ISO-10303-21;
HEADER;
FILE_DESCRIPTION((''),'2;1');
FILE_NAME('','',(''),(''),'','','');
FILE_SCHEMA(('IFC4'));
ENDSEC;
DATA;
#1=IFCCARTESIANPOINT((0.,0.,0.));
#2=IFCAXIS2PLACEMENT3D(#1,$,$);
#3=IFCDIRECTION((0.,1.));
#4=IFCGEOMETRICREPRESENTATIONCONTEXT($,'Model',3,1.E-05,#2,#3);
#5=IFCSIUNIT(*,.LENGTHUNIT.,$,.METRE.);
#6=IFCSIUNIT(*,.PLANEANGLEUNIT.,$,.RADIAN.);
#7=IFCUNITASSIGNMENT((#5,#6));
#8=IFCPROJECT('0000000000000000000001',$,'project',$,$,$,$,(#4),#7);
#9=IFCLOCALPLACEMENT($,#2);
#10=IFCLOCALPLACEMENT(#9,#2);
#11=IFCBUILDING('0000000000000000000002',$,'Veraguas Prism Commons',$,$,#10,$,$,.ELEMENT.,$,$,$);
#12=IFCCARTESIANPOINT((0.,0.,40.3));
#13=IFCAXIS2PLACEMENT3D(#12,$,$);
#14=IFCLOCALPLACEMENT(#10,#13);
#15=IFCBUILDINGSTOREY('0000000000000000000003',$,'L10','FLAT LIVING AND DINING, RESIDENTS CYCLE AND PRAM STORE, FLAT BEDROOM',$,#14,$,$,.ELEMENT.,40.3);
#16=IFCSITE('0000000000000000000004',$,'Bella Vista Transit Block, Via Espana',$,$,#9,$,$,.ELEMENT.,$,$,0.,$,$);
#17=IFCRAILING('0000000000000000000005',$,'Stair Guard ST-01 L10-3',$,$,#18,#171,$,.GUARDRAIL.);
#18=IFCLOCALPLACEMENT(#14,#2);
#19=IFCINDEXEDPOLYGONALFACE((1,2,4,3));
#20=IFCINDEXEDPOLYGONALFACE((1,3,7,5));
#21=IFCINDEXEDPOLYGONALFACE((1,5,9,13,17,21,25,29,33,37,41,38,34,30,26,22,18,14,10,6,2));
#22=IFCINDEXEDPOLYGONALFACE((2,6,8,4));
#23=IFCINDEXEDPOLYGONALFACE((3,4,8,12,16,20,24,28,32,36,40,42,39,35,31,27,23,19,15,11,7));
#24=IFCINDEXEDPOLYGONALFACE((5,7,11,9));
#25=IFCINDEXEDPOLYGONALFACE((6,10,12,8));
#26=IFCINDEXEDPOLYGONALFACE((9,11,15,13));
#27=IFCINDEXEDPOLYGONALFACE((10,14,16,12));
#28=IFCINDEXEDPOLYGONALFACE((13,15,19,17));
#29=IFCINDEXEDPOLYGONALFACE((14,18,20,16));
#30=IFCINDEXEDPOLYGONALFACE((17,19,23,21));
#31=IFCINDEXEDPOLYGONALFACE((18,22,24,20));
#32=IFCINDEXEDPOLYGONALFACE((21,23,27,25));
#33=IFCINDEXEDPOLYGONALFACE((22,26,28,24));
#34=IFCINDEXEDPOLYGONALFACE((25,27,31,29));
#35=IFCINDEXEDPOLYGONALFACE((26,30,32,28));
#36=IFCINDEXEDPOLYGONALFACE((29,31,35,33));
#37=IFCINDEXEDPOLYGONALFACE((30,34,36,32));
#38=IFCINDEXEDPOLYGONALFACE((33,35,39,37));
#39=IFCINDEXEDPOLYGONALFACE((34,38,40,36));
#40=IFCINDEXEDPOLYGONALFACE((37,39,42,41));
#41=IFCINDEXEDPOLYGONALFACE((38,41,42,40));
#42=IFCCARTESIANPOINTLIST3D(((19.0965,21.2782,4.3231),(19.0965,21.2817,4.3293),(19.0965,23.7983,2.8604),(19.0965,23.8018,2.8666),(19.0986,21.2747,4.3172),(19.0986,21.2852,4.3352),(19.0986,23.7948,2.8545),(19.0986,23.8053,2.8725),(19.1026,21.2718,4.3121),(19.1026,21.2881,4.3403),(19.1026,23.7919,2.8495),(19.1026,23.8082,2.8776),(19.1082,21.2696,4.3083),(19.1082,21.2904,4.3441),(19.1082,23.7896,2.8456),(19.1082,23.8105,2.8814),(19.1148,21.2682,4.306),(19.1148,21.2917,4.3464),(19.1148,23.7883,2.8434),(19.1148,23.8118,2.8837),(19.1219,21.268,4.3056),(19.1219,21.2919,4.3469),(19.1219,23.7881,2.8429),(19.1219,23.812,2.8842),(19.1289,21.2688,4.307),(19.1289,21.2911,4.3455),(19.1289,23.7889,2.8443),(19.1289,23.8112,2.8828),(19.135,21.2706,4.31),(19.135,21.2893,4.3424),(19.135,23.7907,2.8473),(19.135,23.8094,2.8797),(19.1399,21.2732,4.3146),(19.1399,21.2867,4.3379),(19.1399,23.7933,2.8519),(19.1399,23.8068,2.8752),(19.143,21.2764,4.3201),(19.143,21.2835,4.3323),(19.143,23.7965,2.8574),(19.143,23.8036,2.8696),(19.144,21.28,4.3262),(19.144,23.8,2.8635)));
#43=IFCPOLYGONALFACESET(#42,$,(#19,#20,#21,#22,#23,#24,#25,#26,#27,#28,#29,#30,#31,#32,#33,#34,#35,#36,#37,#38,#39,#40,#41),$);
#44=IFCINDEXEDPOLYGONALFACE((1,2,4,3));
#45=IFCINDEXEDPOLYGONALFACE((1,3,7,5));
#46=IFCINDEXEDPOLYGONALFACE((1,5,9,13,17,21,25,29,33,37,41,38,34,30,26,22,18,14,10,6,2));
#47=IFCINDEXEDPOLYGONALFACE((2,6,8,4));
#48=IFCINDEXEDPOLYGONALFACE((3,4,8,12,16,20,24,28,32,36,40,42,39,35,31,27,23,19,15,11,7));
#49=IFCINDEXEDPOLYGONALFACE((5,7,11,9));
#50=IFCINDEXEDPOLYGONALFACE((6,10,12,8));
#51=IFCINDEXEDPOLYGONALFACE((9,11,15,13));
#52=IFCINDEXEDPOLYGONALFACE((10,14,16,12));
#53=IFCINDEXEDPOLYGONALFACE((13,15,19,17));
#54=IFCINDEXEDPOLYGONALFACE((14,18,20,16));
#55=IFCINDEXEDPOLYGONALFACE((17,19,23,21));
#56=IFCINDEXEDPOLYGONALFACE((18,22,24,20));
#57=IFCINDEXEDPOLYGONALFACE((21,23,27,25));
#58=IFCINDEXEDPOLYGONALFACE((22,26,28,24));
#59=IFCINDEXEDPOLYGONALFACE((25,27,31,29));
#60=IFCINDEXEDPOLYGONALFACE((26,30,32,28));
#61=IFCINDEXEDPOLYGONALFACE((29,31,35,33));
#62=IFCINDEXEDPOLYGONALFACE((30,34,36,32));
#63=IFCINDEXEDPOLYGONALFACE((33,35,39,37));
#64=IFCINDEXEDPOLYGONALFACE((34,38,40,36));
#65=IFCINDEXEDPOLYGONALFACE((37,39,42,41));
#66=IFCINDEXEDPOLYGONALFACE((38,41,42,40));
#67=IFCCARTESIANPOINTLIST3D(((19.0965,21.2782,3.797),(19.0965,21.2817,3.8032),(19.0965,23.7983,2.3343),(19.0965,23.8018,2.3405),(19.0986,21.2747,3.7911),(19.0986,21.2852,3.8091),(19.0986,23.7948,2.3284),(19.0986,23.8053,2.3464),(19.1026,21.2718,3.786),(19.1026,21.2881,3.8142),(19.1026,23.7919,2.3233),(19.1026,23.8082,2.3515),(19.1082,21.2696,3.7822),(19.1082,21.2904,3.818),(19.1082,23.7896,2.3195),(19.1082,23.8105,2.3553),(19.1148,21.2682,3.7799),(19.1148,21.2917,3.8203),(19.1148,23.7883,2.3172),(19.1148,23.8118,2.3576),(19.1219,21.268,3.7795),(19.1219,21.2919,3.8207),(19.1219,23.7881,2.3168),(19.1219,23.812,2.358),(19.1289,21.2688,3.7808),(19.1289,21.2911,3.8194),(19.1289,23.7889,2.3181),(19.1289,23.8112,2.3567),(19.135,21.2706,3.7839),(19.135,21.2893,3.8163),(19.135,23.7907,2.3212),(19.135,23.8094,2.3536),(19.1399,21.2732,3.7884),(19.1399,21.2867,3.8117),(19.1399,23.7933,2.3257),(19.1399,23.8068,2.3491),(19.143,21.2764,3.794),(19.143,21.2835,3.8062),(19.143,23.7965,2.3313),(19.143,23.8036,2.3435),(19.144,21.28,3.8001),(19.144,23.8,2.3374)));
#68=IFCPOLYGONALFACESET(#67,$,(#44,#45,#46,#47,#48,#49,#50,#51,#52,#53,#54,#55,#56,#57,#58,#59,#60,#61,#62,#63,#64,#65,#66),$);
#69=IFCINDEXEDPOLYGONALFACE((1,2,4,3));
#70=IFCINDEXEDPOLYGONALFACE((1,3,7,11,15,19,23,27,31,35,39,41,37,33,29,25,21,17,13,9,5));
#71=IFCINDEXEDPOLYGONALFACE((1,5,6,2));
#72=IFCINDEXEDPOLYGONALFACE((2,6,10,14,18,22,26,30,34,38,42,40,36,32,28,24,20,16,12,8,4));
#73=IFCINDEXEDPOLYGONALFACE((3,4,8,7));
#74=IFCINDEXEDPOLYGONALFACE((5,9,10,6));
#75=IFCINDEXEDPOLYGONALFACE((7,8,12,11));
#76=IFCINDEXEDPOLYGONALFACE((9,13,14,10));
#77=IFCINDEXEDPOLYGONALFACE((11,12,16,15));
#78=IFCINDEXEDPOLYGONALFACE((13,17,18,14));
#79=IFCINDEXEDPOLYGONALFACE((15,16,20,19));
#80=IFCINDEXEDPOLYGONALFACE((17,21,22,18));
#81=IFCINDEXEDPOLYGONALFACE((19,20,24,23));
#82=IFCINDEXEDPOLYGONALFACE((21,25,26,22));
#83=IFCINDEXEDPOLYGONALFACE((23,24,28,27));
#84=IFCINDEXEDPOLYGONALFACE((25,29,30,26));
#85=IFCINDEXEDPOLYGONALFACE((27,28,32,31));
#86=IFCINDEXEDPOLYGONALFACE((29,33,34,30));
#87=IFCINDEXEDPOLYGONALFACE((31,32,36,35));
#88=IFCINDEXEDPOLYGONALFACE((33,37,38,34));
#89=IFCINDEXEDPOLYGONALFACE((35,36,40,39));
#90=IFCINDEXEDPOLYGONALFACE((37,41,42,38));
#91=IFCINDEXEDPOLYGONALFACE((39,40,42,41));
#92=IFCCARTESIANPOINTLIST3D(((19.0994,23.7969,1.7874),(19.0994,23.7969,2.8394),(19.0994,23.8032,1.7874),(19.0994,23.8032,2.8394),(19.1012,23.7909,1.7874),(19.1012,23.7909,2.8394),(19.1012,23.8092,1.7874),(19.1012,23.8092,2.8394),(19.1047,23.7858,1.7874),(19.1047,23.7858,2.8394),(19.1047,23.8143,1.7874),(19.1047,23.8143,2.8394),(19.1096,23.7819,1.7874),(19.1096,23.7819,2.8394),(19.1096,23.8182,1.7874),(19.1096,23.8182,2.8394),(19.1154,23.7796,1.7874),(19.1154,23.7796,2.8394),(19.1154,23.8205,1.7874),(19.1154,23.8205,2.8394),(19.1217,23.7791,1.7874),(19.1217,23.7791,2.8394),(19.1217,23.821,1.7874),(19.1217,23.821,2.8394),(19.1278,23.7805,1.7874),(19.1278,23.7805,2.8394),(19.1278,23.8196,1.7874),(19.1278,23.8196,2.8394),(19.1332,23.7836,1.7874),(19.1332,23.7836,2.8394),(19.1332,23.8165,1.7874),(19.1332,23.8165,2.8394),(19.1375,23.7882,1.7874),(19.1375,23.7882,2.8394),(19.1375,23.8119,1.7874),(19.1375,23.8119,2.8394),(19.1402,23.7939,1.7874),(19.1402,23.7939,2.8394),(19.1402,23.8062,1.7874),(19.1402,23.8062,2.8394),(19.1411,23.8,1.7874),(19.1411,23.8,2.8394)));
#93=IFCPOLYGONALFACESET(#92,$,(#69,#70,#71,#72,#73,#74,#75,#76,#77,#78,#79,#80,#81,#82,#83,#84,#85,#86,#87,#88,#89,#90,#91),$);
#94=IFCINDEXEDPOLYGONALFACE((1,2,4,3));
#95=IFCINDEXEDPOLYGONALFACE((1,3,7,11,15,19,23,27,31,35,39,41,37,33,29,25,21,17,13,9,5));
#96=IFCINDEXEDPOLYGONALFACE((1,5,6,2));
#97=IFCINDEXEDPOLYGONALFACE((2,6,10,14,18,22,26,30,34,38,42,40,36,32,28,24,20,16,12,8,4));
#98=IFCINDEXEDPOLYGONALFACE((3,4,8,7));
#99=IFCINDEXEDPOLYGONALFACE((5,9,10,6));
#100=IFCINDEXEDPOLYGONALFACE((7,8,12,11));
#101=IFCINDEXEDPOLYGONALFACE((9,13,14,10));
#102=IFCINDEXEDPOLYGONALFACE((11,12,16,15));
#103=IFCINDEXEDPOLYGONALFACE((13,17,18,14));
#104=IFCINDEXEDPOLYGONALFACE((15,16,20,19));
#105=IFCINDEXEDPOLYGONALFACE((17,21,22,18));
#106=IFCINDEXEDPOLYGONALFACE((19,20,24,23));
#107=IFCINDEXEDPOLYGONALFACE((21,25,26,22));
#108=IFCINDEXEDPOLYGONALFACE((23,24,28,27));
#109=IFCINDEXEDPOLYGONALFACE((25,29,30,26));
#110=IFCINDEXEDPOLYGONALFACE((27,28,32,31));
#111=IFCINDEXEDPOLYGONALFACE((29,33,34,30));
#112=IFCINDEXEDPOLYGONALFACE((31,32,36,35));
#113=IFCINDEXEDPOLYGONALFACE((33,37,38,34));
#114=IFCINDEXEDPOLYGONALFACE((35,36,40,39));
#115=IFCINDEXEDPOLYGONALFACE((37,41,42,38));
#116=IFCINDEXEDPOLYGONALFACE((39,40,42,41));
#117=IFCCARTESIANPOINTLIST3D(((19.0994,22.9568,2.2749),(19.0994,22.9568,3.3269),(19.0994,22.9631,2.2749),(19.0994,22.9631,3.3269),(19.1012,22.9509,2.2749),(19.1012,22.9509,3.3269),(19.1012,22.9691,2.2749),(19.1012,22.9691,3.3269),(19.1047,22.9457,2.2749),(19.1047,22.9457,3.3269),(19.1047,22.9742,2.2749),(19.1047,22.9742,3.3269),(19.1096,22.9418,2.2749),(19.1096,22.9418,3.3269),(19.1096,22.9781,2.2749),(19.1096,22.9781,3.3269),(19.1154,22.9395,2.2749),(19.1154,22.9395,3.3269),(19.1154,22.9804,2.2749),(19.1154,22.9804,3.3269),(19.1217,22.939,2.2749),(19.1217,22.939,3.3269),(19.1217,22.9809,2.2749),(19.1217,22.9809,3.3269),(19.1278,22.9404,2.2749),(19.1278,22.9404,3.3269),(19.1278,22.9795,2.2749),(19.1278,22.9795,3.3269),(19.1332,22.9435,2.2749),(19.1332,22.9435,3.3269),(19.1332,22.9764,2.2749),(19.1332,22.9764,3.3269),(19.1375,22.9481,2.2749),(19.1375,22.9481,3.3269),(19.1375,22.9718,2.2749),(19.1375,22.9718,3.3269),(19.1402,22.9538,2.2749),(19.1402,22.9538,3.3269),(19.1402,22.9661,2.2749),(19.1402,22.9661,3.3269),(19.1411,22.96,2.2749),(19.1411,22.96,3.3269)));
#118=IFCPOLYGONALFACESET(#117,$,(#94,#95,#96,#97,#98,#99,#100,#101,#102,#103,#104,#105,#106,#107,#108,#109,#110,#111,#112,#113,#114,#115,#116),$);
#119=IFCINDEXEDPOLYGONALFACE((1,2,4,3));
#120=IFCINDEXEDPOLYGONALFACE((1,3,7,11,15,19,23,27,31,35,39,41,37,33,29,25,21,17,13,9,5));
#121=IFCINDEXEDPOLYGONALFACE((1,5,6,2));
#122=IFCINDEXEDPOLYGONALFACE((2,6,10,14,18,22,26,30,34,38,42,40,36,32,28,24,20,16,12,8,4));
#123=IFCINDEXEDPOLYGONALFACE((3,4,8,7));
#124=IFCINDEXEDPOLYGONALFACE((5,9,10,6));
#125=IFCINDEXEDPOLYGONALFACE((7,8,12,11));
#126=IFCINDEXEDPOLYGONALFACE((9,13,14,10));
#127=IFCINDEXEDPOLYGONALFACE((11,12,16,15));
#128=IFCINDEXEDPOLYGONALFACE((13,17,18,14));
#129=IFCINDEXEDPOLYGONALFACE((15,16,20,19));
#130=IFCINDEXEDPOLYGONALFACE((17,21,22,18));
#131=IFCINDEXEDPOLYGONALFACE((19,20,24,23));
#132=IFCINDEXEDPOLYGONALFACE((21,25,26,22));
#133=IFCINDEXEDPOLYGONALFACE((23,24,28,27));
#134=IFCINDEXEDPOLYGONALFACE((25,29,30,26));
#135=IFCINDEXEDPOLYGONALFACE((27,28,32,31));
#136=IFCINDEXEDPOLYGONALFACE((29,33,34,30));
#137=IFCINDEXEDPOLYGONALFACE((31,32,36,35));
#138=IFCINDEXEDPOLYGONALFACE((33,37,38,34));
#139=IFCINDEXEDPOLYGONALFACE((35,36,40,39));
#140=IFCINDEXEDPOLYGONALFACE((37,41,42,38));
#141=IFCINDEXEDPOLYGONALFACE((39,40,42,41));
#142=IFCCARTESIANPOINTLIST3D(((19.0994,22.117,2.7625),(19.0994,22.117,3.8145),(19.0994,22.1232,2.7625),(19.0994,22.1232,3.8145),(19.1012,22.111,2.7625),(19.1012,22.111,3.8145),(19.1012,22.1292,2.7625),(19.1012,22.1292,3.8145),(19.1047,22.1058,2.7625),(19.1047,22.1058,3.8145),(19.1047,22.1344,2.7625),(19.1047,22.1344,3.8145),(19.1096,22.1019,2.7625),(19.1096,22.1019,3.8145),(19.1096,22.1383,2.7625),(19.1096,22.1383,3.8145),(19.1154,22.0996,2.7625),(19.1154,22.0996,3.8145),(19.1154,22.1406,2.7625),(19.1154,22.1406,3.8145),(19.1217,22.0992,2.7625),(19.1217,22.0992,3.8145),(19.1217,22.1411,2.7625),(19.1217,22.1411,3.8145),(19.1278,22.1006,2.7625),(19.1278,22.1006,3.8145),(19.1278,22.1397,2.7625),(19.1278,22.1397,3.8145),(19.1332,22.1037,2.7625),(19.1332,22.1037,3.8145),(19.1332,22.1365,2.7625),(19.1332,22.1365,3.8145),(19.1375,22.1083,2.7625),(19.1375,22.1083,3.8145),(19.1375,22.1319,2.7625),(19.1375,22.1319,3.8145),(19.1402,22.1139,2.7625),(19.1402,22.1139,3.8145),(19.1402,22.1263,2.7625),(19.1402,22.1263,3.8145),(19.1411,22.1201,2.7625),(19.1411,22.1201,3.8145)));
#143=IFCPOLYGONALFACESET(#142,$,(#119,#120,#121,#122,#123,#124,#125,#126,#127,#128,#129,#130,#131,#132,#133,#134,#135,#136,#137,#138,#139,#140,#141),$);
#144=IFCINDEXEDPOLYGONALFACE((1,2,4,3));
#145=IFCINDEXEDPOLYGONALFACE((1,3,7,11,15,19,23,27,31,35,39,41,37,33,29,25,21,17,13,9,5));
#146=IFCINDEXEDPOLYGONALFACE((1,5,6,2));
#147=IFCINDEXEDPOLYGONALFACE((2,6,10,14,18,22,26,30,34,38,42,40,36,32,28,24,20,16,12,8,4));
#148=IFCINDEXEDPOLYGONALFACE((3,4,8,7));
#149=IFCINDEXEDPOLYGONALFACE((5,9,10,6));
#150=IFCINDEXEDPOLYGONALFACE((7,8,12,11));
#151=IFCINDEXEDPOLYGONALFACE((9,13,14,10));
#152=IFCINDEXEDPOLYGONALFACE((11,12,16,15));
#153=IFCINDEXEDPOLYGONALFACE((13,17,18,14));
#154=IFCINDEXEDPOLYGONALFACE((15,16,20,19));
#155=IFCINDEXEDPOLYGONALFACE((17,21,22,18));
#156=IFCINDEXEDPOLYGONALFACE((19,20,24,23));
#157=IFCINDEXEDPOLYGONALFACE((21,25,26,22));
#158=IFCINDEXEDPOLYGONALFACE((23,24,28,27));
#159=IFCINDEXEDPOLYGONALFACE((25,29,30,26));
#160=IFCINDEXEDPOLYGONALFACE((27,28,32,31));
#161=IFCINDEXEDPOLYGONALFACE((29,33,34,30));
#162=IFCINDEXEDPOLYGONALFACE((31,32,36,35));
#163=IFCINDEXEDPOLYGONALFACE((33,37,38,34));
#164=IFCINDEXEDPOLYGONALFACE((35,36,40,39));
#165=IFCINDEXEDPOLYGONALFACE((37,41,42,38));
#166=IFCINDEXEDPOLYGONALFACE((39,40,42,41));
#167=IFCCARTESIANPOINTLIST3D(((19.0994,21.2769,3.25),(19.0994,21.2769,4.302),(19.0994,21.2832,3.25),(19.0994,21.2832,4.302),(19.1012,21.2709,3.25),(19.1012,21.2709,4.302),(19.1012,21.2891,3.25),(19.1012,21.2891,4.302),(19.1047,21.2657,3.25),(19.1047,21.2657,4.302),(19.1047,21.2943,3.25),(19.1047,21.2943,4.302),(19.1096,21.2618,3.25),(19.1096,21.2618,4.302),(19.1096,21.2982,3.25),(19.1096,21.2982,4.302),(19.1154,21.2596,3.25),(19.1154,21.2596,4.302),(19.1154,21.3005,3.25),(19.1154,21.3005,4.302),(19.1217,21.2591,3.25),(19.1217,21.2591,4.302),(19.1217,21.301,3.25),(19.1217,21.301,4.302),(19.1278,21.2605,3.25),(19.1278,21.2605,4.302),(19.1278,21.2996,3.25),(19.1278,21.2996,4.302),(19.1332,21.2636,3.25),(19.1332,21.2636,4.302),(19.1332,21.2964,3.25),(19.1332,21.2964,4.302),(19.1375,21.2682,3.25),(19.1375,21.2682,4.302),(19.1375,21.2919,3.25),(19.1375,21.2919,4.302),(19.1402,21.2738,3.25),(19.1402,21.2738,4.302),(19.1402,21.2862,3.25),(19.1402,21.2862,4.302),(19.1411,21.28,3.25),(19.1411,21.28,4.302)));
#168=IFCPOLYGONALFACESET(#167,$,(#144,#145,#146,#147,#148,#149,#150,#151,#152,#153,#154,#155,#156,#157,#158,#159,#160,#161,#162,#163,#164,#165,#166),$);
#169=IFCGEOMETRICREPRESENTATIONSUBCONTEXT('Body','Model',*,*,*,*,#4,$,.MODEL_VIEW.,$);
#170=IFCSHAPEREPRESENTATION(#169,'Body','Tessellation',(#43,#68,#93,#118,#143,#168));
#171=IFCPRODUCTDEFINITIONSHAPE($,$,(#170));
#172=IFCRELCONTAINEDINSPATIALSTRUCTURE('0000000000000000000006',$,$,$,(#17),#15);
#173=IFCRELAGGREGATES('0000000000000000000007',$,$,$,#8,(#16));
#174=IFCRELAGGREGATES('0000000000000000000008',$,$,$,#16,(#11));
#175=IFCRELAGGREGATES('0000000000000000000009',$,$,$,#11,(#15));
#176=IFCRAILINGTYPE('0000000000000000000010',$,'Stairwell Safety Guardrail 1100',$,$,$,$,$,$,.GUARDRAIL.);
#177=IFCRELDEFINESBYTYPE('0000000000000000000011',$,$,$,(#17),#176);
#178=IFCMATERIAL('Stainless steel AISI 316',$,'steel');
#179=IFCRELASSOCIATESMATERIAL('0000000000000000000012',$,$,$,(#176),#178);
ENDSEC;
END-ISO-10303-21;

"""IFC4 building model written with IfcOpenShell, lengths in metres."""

from ifc_helpers import new_model, si_unit, direction, frame, origin, origin_2d, place, context, subcontext, project, spatial, circle, extrude, material, type_object, element, save


model = new_model("IFC4")

# Units and contexts
model_context = context("Model", 3, precision=1e-05, world=origin(), true_north=direction((0.0, 1.0)))
body_context = subcontext(model_context, "Body", "Model", "MODEL_VIEW")
ifc_project = project(units=[si_unit("LENGTHUNIT", "METRE"), si_unit("PLANEANGLEUNIT", "RADIAN")], contexts=[model_context])

# Site, building, storey
site_placement = place(None, origin())
site = spatial("IfcSite", under=ifc_project, at=site_placement, Name="Bella Vista Transit Block, Via Espana", CompositionType="ELEMENT", RefElevation=0.0)
building_placement = place(site_placement, origin())
building = spatial("IfcBuilding", under=site, at=building_placement, Name="Veraguas Prism Commons", CompositionType="ELEMENT")
storey_placement = place(building_placement, frame((0.0, 0.0, 40.3)))
storey = spatial("IfcBuildingStorey", under=building, at=storey_placement, Name="L10", Description="FLAT LIVING AND DINING, RESIDENTS CYCLE AND PRAM STORE, FLAT BEDROOM", CompositionType="ELEMENT", Elevation=40.3)

# Railing
ifc_material_1 = material(Name="Stainless steel AISI 316", Category="steel")
railing_type_1 = type_object("IfcRailingType", Name="Stairwell Safety Guardrail 1100", PredefinedType="GUARDRAIL", material=ifc_material_1)
railing_1_placement = place(storey_placement, frame((19.1201, 23.8, 1.7874)))
element("IfcRailing", 1, at=railing_1_placement, inside=storey, type_object=railing_type_1, Name="Stair Guard ST-01 L10-3", PredefinedType="GUARDRAIL", context=body_context, shape_type="SweptSolid", body=[
    extrude(circle(Radius=0.0239, at=origin_2d()), frame((0.0, 0.0, 1.0762), z_axis=(0.0, -0.864877, 0.501984), x_axis=(1.0, 0.0, 0.0)), (0.0, 0.0, 1.0), 2.9138),
    extrude(circle(Radius=0.0239, at=origin_2d()), frame((0.0, 0.0, 0.55), z_axis=(0.0, -0.864877, 0.501984), x_axis=(1.0, 0.0, 0.0)), (0.0, 0.0, 1.0), 2.9138),
    extrude(circle(Radius=0.021, at=origin_2d()), origin(), (0.0, 0.0, 1.0), 1.052),
    extrude(circle(Radius=0.021, at=origin_2d()), frame((0.0, -0.8401, 0.4875)), (0.0, 0.0, 1.0), 1.052),
    extrude(circle(Radius=0.021, at=origin_2d()), frame((0.0, -1.6799, 0.9751)), (0.0, 0.0, 1.0), 1.052),
    extrude(circle(Radius=0.021, at=origin_2d()), frame((0.0, -2.52, 1.4626)), (0.0, 0.0, 1.0), 1.052),
])

save(model, "model.ifc")
